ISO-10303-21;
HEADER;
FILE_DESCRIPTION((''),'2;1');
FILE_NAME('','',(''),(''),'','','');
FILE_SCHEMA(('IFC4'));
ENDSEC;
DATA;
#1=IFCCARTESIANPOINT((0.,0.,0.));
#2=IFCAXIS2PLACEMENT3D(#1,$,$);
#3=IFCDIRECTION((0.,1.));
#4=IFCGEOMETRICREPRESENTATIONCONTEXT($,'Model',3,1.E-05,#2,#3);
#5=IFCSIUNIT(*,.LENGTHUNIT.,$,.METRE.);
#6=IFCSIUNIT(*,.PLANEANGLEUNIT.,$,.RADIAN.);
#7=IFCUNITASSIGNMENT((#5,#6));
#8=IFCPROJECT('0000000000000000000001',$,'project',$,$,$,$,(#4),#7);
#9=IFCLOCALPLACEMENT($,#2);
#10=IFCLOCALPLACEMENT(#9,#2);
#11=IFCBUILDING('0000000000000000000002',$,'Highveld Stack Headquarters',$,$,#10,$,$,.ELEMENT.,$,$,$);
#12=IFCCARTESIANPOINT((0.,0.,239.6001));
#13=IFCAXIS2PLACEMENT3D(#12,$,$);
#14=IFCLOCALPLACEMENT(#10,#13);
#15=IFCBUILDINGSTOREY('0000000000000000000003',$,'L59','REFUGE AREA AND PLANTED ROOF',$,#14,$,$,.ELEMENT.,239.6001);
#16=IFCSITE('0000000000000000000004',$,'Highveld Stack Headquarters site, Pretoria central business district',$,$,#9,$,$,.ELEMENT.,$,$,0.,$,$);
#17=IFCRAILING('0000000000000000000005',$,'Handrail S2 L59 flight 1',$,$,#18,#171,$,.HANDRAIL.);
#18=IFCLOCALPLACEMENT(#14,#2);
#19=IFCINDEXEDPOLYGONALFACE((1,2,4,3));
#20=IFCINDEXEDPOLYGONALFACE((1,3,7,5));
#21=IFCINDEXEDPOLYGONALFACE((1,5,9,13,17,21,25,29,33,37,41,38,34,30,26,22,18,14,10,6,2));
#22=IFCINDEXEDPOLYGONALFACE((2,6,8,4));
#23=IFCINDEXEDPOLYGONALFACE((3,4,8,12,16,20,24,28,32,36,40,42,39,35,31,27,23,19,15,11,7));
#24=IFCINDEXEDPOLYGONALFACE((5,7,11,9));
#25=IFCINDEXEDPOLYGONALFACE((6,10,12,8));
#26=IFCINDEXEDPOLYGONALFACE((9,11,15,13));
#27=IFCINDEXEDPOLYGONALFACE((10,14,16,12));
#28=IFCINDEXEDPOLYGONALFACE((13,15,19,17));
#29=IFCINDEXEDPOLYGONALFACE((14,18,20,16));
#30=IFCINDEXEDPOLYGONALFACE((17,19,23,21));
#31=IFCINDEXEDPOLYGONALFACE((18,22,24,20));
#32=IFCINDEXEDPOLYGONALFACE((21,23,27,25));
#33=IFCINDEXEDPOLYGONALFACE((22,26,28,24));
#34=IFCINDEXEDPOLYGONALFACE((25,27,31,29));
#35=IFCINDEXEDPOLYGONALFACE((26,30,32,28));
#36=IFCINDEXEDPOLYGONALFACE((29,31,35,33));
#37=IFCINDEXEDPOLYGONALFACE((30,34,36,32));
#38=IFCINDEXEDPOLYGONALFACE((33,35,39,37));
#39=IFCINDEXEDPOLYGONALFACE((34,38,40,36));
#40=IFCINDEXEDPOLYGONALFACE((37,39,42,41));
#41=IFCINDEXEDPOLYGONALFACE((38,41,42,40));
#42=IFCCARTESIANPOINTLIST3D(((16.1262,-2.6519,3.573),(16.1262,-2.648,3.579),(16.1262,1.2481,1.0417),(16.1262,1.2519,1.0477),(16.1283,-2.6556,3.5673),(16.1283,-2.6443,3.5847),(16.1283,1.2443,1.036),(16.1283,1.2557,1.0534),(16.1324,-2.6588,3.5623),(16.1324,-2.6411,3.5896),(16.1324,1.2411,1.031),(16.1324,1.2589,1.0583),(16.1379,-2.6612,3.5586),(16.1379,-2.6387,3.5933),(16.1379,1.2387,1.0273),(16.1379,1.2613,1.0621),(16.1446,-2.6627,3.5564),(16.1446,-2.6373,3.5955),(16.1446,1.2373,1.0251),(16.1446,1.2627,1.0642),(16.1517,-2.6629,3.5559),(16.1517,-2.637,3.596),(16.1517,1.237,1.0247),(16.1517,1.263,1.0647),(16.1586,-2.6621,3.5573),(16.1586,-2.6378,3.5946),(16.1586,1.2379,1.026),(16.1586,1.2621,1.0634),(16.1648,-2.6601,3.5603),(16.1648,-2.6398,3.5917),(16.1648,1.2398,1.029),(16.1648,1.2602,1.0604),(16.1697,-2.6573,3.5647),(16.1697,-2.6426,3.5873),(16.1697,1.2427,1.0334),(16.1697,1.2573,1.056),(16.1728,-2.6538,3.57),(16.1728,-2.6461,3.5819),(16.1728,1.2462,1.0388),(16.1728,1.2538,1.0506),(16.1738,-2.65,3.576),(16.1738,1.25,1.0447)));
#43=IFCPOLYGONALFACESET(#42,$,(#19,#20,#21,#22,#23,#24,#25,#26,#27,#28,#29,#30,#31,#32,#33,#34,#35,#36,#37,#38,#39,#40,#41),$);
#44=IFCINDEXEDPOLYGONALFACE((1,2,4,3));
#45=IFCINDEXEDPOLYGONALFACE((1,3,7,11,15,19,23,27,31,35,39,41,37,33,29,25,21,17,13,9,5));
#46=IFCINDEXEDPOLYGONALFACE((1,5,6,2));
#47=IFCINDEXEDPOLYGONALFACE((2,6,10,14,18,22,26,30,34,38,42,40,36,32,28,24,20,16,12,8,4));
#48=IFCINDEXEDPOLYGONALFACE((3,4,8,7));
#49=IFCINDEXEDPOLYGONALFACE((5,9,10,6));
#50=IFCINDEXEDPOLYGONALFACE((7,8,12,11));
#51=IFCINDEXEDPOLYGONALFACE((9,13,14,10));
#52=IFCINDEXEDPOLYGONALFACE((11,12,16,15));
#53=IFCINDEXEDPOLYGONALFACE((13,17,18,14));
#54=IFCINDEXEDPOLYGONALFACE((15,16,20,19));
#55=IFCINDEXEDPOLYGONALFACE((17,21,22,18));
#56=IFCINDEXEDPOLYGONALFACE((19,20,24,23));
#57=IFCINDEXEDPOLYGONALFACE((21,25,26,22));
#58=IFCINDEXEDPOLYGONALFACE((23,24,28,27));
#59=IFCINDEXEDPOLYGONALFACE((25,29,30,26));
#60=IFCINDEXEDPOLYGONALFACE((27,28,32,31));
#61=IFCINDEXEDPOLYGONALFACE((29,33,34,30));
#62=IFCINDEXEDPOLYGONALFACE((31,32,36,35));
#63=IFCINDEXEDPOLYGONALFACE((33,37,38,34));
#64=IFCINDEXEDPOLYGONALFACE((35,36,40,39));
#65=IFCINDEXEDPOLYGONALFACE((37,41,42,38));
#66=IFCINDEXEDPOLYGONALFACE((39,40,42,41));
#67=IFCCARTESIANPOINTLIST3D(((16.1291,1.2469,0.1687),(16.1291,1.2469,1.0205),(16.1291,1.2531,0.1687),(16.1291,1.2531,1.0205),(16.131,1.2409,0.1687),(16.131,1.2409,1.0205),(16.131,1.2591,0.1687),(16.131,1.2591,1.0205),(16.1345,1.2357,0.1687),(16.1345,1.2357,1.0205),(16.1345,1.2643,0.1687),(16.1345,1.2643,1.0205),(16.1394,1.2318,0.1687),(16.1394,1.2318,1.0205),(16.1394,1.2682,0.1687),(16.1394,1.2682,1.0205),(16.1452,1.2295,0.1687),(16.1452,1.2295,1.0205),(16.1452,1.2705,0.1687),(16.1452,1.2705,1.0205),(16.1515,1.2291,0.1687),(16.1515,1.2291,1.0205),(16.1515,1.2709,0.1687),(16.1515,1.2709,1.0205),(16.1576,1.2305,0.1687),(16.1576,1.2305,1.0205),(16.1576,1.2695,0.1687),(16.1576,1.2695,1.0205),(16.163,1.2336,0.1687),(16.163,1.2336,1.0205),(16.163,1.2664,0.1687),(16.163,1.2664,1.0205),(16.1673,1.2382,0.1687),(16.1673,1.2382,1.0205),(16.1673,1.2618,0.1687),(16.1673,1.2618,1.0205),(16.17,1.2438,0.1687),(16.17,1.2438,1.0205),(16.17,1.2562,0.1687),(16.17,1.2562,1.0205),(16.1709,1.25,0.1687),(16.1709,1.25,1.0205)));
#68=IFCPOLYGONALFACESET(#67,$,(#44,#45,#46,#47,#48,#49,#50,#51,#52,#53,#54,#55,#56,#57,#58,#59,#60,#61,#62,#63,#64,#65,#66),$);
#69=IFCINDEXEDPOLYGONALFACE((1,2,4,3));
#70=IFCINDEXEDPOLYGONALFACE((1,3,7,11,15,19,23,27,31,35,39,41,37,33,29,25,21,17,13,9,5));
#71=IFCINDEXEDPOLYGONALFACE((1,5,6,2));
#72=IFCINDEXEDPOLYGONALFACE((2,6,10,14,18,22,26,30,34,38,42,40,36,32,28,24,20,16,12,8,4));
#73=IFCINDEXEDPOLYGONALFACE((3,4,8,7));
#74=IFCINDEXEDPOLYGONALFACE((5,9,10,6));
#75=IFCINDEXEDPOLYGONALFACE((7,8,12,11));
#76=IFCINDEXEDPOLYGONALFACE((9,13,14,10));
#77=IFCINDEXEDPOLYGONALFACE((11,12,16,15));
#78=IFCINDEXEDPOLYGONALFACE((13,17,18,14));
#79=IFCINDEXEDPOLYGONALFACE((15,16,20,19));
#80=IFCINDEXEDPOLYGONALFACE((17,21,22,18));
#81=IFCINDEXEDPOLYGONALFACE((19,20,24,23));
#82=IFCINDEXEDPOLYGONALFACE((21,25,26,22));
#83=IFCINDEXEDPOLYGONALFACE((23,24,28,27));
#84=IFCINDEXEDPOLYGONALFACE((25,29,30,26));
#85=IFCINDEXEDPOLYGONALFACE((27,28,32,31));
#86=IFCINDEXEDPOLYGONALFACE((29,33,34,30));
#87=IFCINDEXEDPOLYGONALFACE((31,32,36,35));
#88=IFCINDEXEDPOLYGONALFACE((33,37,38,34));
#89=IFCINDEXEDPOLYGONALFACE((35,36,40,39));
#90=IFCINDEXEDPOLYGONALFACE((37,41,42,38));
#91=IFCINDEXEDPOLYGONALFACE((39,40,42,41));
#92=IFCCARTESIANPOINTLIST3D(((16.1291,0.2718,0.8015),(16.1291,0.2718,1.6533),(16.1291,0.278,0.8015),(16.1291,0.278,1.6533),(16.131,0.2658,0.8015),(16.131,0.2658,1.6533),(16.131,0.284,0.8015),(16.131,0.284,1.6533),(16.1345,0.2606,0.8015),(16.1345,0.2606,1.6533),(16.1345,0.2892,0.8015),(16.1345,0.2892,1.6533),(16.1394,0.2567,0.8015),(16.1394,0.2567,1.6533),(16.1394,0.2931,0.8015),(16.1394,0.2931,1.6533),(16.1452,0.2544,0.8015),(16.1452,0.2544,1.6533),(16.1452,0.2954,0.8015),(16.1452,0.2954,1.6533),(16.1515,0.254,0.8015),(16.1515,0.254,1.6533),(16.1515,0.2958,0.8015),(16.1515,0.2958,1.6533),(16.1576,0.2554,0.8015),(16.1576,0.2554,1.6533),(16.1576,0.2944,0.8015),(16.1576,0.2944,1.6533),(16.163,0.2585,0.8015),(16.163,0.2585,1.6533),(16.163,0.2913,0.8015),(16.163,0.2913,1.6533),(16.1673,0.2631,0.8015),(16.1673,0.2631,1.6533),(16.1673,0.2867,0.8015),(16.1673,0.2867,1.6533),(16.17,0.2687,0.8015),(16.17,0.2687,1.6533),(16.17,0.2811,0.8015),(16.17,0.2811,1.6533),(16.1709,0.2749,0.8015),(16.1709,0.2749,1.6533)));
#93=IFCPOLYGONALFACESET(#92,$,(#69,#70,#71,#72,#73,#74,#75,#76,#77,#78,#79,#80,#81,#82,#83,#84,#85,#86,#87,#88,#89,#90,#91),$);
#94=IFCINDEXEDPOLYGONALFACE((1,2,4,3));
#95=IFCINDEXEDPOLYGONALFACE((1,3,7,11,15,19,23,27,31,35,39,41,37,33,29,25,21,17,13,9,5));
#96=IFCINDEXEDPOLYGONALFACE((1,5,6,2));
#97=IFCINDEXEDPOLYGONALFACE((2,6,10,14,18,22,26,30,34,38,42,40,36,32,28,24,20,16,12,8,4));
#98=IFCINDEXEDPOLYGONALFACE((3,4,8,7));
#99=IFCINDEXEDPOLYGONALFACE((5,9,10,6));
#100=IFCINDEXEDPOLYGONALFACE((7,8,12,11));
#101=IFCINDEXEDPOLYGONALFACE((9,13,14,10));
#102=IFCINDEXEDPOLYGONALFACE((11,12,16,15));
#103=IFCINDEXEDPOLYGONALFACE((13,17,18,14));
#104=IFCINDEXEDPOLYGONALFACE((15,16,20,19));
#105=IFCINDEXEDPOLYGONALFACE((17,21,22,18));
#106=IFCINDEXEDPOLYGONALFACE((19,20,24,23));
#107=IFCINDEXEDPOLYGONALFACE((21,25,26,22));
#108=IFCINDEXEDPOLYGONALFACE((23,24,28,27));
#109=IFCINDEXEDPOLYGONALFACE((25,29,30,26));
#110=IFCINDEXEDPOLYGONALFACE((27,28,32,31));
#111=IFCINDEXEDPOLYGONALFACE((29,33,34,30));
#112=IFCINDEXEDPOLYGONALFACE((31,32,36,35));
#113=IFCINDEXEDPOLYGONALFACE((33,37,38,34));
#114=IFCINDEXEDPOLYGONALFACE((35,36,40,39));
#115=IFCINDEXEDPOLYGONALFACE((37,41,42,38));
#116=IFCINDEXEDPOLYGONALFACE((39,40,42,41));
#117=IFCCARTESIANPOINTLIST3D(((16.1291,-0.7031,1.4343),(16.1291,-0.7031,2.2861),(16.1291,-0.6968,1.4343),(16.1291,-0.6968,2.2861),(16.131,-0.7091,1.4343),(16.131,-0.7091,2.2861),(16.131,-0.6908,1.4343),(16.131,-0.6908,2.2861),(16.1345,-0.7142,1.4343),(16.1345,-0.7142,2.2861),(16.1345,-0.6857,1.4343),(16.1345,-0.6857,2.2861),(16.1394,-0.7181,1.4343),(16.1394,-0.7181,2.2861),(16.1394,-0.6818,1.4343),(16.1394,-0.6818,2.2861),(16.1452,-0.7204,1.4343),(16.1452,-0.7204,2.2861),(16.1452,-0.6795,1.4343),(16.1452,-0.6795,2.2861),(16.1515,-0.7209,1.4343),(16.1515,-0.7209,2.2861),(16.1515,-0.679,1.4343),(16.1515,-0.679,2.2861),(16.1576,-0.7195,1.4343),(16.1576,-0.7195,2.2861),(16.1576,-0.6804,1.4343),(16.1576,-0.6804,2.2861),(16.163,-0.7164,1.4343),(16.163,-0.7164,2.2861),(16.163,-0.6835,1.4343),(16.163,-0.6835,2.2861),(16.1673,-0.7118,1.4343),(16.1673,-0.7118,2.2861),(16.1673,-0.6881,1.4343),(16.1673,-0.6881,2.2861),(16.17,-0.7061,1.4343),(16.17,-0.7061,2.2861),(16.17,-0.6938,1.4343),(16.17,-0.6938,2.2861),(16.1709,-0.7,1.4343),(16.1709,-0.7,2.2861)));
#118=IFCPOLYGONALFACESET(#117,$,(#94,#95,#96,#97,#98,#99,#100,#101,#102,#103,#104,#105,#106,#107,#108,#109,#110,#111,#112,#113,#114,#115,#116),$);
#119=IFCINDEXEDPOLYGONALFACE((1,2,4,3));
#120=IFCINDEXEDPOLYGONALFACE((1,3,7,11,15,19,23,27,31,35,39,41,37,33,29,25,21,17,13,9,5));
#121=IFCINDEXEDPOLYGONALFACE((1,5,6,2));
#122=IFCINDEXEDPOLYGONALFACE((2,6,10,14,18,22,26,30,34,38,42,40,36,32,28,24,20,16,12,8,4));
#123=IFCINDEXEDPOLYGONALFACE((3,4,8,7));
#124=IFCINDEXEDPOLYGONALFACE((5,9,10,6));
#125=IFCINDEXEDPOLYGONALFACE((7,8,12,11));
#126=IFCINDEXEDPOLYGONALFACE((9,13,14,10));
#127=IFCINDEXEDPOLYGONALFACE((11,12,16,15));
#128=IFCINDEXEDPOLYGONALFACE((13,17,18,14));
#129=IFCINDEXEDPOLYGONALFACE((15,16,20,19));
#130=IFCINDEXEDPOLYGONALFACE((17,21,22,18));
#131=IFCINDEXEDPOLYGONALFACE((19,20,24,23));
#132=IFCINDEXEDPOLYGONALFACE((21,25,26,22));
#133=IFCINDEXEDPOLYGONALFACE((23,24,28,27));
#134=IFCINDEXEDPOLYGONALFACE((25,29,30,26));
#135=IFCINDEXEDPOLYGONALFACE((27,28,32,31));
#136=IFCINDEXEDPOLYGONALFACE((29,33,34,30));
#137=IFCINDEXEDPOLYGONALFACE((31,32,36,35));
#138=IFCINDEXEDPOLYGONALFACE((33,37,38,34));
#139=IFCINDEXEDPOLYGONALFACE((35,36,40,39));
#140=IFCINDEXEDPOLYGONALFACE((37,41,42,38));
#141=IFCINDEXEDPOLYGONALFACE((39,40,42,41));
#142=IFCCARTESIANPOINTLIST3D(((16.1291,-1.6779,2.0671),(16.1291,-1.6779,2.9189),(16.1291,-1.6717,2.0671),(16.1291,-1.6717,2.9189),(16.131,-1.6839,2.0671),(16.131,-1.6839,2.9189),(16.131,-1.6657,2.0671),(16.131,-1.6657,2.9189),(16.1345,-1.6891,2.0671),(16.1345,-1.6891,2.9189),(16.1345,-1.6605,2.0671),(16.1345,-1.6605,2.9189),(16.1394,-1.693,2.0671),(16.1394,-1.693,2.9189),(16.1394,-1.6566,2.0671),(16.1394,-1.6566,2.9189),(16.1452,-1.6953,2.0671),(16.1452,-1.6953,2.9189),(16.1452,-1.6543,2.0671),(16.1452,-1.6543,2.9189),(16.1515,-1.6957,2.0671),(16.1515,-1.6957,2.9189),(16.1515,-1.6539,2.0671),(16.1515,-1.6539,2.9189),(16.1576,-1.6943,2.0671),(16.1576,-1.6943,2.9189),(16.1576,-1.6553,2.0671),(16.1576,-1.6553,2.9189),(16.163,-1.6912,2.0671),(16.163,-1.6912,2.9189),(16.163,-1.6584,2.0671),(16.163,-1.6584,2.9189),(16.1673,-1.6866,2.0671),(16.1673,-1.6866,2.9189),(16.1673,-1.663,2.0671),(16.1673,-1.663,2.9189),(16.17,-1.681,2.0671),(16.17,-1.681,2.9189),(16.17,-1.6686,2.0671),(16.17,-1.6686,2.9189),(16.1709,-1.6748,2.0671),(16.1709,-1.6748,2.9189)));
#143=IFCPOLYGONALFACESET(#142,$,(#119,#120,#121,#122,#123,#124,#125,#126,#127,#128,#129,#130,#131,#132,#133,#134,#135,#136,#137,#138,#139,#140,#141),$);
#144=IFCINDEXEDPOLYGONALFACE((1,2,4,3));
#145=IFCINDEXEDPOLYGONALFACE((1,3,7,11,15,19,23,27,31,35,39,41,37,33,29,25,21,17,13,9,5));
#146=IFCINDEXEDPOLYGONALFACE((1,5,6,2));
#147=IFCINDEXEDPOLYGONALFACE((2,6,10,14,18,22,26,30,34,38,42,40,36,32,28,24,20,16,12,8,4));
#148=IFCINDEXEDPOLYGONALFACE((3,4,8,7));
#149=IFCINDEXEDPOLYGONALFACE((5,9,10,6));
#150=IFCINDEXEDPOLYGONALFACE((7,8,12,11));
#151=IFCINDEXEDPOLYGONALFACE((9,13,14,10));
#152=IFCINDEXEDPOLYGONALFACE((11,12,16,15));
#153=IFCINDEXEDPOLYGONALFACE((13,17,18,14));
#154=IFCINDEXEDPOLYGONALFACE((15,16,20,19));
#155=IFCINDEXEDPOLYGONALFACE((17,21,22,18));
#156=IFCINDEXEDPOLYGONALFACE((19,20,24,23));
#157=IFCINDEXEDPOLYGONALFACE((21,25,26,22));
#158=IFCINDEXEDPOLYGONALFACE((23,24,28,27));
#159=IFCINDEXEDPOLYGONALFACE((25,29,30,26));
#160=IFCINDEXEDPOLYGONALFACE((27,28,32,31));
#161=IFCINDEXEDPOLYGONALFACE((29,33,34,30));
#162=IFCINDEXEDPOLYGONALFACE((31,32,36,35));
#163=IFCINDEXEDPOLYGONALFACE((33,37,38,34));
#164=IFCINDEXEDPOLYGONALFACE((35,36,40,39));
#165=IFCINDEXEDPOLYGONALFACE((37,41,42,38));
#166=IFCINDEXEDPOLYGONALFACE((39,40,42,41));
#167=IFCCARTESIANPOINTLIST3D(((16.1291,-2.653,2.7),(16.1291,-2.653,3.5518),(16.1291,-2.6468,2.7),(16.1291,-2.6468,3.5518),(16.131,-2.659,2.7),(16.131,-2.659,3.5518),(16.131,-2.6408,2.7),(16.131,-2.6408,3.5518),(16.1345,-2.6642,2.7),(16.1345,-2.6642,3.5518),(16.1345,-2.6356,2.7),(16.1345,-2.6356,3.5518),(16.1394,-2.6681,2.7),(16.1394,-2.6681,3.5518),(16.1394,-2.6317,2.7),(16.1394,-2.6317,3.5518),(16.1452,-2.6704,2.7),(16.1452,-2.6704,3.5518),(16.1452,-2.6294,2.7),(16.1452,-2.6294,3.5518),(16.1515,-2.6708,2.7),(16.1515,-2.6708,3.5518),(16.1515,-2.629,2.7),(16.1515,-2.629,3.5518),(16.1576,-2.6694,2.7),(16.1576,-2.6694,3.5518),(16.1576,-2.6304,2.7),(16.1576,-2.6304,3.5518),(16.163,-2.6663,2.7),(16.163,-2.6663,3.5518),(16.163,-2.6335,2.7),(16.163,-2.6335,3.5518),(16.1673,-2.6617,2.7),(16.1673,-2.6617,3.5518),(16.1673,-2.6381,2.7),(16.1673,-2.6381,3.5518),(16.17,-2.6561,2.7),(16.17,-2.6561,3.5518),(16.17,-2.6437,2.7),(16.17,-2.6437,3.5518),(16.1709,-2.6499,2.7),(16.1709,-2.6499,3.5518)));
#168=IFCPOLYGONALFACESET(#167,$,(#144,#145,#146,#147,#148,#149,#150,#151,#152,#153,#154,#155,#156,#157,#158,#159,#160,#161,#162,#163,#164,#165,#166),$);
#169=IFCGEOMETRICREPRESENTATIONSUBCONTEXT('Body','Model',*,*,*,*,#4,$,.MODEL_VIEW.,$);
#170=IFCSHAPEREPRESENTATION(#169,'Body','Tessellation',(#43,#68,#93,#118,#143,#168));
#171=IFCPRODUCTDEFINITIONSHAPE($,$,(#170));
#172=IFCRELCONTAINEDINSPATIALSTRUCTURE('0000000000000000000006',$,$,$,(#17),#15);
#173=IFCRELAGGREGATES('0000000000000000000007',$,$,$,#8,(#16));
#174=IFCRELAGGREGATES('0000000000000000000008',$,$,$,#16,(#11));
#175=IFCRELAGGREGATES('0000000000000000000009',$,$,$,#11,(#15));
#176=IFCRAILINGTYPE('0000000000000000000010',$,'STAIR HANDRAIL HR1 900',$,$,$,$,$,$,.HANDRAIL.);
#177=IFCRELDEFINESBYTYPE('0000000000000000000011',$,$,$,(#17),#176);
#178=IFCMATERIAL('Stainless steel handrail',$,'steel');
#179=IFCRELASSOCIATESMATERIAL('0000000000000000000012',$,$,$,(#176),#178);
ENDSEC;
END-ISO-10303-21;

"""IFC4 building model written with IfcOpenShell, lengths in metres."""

from ifc_helpers import new_model, si_unit, direction, frame, origin, origin_2d, place, context, subcontext, project, spatial, circle, extrude, material, type_object, element, save


model = new_model("IFC4")

# Units and contexts
model_context = context("Model", 3, precision=1e-05, world=origin(), true_north=direction((0.0, 1.0)))
body_context = subcontext(model_context, "Body", "Model", "MODEL_VIEW")
ifc_project = project(units=[si_unit("LENGTHUNIT", "METRE"), si_unit("PLANEANGLEUNIT", "RADIAN")], contexts=[model_context])

# Site, building, storey
site_placement = place(None, origin())
site = spatial("IfcSite", under=ifc_project, at=site_placement, Name="Highveld Stack Headquarters site, Pretoria central business district", CompositionType="ELEMENT", RefElevation=0.0)
building_placement = place(site_placement, origin())
building = spatial("IfcBuilding", under=site, at=building_placement, Name="Highveld Stack Headquarters", CompositionType="ELEMENT")
storey_placement = place(building_placement, frame((0.0, 0.0, 239.6001)))
storey = spatial("IfcBuildingStorey", under=building, at=storey_placement, Name="L59", Description="REFUGE AREA AND PLANTED ROOF", CompositionType="ELEMENT", Elevation=239.6001)

# Railing
ifc_material_1 = material(Name="Stainless steel handrail", Category="steel")
railing_type = type_object("IfcRailingType", Name="STAIR HANDRAIL HR1 900", PredefinedType="HANDRAIL", material=ifc_material_1)
for number, where, name in (
    (1, (16.1499, 1.25, 0.1687), "Handrail S2 L59 flight 1"),
):
    element("IfcRailing", number, at=place(storey_placement, frame(where)), inside=storey, type_object=railing_type, Name=name, PredefinedType="HANDRAIL", context=body_context, shape_type="SweptSolid", body=[
        extrude(circle(Radius=0.0239, at=origin_2d()), frame((0.0, 0.0, 0.876), z_axis=(0.0, -0.838806, 0.544431), x_axis=(1.0, 0.0, 0.0)), (0.0, 0.0, 1.0), 4.6494),
        extrude(circle(Radius=0.021, at=origin_2d()), origin(), (0.0, 0.0, 1.0), 0.8518),
        extrude(circle(Radius=0.021, at=origin_2d()), frame((0.0, -0.9751, 0.6328)), (0.0, 0.0, 1.0), 0.8518),
        extrude(circle(Radius=0.021, at=origin_2d()), frame((0.0, -1.95, 1.2656)), (0.0, 0.0, 1.0), 0.8518),
        extrude(circle(Radius=0.021, at=origin_2d()), frame((0.0, -2.9248, 1.8984)), (0.0, 0.0, 1.0), 0.8518),
        extrude(circle(Radius=0.021, at=origin_2d()), frame((0.0, -3.8999, 2.5312)), (0.0, 0.0, 1.0), 0.8518),
    ])

save(model, "model.ifc")
